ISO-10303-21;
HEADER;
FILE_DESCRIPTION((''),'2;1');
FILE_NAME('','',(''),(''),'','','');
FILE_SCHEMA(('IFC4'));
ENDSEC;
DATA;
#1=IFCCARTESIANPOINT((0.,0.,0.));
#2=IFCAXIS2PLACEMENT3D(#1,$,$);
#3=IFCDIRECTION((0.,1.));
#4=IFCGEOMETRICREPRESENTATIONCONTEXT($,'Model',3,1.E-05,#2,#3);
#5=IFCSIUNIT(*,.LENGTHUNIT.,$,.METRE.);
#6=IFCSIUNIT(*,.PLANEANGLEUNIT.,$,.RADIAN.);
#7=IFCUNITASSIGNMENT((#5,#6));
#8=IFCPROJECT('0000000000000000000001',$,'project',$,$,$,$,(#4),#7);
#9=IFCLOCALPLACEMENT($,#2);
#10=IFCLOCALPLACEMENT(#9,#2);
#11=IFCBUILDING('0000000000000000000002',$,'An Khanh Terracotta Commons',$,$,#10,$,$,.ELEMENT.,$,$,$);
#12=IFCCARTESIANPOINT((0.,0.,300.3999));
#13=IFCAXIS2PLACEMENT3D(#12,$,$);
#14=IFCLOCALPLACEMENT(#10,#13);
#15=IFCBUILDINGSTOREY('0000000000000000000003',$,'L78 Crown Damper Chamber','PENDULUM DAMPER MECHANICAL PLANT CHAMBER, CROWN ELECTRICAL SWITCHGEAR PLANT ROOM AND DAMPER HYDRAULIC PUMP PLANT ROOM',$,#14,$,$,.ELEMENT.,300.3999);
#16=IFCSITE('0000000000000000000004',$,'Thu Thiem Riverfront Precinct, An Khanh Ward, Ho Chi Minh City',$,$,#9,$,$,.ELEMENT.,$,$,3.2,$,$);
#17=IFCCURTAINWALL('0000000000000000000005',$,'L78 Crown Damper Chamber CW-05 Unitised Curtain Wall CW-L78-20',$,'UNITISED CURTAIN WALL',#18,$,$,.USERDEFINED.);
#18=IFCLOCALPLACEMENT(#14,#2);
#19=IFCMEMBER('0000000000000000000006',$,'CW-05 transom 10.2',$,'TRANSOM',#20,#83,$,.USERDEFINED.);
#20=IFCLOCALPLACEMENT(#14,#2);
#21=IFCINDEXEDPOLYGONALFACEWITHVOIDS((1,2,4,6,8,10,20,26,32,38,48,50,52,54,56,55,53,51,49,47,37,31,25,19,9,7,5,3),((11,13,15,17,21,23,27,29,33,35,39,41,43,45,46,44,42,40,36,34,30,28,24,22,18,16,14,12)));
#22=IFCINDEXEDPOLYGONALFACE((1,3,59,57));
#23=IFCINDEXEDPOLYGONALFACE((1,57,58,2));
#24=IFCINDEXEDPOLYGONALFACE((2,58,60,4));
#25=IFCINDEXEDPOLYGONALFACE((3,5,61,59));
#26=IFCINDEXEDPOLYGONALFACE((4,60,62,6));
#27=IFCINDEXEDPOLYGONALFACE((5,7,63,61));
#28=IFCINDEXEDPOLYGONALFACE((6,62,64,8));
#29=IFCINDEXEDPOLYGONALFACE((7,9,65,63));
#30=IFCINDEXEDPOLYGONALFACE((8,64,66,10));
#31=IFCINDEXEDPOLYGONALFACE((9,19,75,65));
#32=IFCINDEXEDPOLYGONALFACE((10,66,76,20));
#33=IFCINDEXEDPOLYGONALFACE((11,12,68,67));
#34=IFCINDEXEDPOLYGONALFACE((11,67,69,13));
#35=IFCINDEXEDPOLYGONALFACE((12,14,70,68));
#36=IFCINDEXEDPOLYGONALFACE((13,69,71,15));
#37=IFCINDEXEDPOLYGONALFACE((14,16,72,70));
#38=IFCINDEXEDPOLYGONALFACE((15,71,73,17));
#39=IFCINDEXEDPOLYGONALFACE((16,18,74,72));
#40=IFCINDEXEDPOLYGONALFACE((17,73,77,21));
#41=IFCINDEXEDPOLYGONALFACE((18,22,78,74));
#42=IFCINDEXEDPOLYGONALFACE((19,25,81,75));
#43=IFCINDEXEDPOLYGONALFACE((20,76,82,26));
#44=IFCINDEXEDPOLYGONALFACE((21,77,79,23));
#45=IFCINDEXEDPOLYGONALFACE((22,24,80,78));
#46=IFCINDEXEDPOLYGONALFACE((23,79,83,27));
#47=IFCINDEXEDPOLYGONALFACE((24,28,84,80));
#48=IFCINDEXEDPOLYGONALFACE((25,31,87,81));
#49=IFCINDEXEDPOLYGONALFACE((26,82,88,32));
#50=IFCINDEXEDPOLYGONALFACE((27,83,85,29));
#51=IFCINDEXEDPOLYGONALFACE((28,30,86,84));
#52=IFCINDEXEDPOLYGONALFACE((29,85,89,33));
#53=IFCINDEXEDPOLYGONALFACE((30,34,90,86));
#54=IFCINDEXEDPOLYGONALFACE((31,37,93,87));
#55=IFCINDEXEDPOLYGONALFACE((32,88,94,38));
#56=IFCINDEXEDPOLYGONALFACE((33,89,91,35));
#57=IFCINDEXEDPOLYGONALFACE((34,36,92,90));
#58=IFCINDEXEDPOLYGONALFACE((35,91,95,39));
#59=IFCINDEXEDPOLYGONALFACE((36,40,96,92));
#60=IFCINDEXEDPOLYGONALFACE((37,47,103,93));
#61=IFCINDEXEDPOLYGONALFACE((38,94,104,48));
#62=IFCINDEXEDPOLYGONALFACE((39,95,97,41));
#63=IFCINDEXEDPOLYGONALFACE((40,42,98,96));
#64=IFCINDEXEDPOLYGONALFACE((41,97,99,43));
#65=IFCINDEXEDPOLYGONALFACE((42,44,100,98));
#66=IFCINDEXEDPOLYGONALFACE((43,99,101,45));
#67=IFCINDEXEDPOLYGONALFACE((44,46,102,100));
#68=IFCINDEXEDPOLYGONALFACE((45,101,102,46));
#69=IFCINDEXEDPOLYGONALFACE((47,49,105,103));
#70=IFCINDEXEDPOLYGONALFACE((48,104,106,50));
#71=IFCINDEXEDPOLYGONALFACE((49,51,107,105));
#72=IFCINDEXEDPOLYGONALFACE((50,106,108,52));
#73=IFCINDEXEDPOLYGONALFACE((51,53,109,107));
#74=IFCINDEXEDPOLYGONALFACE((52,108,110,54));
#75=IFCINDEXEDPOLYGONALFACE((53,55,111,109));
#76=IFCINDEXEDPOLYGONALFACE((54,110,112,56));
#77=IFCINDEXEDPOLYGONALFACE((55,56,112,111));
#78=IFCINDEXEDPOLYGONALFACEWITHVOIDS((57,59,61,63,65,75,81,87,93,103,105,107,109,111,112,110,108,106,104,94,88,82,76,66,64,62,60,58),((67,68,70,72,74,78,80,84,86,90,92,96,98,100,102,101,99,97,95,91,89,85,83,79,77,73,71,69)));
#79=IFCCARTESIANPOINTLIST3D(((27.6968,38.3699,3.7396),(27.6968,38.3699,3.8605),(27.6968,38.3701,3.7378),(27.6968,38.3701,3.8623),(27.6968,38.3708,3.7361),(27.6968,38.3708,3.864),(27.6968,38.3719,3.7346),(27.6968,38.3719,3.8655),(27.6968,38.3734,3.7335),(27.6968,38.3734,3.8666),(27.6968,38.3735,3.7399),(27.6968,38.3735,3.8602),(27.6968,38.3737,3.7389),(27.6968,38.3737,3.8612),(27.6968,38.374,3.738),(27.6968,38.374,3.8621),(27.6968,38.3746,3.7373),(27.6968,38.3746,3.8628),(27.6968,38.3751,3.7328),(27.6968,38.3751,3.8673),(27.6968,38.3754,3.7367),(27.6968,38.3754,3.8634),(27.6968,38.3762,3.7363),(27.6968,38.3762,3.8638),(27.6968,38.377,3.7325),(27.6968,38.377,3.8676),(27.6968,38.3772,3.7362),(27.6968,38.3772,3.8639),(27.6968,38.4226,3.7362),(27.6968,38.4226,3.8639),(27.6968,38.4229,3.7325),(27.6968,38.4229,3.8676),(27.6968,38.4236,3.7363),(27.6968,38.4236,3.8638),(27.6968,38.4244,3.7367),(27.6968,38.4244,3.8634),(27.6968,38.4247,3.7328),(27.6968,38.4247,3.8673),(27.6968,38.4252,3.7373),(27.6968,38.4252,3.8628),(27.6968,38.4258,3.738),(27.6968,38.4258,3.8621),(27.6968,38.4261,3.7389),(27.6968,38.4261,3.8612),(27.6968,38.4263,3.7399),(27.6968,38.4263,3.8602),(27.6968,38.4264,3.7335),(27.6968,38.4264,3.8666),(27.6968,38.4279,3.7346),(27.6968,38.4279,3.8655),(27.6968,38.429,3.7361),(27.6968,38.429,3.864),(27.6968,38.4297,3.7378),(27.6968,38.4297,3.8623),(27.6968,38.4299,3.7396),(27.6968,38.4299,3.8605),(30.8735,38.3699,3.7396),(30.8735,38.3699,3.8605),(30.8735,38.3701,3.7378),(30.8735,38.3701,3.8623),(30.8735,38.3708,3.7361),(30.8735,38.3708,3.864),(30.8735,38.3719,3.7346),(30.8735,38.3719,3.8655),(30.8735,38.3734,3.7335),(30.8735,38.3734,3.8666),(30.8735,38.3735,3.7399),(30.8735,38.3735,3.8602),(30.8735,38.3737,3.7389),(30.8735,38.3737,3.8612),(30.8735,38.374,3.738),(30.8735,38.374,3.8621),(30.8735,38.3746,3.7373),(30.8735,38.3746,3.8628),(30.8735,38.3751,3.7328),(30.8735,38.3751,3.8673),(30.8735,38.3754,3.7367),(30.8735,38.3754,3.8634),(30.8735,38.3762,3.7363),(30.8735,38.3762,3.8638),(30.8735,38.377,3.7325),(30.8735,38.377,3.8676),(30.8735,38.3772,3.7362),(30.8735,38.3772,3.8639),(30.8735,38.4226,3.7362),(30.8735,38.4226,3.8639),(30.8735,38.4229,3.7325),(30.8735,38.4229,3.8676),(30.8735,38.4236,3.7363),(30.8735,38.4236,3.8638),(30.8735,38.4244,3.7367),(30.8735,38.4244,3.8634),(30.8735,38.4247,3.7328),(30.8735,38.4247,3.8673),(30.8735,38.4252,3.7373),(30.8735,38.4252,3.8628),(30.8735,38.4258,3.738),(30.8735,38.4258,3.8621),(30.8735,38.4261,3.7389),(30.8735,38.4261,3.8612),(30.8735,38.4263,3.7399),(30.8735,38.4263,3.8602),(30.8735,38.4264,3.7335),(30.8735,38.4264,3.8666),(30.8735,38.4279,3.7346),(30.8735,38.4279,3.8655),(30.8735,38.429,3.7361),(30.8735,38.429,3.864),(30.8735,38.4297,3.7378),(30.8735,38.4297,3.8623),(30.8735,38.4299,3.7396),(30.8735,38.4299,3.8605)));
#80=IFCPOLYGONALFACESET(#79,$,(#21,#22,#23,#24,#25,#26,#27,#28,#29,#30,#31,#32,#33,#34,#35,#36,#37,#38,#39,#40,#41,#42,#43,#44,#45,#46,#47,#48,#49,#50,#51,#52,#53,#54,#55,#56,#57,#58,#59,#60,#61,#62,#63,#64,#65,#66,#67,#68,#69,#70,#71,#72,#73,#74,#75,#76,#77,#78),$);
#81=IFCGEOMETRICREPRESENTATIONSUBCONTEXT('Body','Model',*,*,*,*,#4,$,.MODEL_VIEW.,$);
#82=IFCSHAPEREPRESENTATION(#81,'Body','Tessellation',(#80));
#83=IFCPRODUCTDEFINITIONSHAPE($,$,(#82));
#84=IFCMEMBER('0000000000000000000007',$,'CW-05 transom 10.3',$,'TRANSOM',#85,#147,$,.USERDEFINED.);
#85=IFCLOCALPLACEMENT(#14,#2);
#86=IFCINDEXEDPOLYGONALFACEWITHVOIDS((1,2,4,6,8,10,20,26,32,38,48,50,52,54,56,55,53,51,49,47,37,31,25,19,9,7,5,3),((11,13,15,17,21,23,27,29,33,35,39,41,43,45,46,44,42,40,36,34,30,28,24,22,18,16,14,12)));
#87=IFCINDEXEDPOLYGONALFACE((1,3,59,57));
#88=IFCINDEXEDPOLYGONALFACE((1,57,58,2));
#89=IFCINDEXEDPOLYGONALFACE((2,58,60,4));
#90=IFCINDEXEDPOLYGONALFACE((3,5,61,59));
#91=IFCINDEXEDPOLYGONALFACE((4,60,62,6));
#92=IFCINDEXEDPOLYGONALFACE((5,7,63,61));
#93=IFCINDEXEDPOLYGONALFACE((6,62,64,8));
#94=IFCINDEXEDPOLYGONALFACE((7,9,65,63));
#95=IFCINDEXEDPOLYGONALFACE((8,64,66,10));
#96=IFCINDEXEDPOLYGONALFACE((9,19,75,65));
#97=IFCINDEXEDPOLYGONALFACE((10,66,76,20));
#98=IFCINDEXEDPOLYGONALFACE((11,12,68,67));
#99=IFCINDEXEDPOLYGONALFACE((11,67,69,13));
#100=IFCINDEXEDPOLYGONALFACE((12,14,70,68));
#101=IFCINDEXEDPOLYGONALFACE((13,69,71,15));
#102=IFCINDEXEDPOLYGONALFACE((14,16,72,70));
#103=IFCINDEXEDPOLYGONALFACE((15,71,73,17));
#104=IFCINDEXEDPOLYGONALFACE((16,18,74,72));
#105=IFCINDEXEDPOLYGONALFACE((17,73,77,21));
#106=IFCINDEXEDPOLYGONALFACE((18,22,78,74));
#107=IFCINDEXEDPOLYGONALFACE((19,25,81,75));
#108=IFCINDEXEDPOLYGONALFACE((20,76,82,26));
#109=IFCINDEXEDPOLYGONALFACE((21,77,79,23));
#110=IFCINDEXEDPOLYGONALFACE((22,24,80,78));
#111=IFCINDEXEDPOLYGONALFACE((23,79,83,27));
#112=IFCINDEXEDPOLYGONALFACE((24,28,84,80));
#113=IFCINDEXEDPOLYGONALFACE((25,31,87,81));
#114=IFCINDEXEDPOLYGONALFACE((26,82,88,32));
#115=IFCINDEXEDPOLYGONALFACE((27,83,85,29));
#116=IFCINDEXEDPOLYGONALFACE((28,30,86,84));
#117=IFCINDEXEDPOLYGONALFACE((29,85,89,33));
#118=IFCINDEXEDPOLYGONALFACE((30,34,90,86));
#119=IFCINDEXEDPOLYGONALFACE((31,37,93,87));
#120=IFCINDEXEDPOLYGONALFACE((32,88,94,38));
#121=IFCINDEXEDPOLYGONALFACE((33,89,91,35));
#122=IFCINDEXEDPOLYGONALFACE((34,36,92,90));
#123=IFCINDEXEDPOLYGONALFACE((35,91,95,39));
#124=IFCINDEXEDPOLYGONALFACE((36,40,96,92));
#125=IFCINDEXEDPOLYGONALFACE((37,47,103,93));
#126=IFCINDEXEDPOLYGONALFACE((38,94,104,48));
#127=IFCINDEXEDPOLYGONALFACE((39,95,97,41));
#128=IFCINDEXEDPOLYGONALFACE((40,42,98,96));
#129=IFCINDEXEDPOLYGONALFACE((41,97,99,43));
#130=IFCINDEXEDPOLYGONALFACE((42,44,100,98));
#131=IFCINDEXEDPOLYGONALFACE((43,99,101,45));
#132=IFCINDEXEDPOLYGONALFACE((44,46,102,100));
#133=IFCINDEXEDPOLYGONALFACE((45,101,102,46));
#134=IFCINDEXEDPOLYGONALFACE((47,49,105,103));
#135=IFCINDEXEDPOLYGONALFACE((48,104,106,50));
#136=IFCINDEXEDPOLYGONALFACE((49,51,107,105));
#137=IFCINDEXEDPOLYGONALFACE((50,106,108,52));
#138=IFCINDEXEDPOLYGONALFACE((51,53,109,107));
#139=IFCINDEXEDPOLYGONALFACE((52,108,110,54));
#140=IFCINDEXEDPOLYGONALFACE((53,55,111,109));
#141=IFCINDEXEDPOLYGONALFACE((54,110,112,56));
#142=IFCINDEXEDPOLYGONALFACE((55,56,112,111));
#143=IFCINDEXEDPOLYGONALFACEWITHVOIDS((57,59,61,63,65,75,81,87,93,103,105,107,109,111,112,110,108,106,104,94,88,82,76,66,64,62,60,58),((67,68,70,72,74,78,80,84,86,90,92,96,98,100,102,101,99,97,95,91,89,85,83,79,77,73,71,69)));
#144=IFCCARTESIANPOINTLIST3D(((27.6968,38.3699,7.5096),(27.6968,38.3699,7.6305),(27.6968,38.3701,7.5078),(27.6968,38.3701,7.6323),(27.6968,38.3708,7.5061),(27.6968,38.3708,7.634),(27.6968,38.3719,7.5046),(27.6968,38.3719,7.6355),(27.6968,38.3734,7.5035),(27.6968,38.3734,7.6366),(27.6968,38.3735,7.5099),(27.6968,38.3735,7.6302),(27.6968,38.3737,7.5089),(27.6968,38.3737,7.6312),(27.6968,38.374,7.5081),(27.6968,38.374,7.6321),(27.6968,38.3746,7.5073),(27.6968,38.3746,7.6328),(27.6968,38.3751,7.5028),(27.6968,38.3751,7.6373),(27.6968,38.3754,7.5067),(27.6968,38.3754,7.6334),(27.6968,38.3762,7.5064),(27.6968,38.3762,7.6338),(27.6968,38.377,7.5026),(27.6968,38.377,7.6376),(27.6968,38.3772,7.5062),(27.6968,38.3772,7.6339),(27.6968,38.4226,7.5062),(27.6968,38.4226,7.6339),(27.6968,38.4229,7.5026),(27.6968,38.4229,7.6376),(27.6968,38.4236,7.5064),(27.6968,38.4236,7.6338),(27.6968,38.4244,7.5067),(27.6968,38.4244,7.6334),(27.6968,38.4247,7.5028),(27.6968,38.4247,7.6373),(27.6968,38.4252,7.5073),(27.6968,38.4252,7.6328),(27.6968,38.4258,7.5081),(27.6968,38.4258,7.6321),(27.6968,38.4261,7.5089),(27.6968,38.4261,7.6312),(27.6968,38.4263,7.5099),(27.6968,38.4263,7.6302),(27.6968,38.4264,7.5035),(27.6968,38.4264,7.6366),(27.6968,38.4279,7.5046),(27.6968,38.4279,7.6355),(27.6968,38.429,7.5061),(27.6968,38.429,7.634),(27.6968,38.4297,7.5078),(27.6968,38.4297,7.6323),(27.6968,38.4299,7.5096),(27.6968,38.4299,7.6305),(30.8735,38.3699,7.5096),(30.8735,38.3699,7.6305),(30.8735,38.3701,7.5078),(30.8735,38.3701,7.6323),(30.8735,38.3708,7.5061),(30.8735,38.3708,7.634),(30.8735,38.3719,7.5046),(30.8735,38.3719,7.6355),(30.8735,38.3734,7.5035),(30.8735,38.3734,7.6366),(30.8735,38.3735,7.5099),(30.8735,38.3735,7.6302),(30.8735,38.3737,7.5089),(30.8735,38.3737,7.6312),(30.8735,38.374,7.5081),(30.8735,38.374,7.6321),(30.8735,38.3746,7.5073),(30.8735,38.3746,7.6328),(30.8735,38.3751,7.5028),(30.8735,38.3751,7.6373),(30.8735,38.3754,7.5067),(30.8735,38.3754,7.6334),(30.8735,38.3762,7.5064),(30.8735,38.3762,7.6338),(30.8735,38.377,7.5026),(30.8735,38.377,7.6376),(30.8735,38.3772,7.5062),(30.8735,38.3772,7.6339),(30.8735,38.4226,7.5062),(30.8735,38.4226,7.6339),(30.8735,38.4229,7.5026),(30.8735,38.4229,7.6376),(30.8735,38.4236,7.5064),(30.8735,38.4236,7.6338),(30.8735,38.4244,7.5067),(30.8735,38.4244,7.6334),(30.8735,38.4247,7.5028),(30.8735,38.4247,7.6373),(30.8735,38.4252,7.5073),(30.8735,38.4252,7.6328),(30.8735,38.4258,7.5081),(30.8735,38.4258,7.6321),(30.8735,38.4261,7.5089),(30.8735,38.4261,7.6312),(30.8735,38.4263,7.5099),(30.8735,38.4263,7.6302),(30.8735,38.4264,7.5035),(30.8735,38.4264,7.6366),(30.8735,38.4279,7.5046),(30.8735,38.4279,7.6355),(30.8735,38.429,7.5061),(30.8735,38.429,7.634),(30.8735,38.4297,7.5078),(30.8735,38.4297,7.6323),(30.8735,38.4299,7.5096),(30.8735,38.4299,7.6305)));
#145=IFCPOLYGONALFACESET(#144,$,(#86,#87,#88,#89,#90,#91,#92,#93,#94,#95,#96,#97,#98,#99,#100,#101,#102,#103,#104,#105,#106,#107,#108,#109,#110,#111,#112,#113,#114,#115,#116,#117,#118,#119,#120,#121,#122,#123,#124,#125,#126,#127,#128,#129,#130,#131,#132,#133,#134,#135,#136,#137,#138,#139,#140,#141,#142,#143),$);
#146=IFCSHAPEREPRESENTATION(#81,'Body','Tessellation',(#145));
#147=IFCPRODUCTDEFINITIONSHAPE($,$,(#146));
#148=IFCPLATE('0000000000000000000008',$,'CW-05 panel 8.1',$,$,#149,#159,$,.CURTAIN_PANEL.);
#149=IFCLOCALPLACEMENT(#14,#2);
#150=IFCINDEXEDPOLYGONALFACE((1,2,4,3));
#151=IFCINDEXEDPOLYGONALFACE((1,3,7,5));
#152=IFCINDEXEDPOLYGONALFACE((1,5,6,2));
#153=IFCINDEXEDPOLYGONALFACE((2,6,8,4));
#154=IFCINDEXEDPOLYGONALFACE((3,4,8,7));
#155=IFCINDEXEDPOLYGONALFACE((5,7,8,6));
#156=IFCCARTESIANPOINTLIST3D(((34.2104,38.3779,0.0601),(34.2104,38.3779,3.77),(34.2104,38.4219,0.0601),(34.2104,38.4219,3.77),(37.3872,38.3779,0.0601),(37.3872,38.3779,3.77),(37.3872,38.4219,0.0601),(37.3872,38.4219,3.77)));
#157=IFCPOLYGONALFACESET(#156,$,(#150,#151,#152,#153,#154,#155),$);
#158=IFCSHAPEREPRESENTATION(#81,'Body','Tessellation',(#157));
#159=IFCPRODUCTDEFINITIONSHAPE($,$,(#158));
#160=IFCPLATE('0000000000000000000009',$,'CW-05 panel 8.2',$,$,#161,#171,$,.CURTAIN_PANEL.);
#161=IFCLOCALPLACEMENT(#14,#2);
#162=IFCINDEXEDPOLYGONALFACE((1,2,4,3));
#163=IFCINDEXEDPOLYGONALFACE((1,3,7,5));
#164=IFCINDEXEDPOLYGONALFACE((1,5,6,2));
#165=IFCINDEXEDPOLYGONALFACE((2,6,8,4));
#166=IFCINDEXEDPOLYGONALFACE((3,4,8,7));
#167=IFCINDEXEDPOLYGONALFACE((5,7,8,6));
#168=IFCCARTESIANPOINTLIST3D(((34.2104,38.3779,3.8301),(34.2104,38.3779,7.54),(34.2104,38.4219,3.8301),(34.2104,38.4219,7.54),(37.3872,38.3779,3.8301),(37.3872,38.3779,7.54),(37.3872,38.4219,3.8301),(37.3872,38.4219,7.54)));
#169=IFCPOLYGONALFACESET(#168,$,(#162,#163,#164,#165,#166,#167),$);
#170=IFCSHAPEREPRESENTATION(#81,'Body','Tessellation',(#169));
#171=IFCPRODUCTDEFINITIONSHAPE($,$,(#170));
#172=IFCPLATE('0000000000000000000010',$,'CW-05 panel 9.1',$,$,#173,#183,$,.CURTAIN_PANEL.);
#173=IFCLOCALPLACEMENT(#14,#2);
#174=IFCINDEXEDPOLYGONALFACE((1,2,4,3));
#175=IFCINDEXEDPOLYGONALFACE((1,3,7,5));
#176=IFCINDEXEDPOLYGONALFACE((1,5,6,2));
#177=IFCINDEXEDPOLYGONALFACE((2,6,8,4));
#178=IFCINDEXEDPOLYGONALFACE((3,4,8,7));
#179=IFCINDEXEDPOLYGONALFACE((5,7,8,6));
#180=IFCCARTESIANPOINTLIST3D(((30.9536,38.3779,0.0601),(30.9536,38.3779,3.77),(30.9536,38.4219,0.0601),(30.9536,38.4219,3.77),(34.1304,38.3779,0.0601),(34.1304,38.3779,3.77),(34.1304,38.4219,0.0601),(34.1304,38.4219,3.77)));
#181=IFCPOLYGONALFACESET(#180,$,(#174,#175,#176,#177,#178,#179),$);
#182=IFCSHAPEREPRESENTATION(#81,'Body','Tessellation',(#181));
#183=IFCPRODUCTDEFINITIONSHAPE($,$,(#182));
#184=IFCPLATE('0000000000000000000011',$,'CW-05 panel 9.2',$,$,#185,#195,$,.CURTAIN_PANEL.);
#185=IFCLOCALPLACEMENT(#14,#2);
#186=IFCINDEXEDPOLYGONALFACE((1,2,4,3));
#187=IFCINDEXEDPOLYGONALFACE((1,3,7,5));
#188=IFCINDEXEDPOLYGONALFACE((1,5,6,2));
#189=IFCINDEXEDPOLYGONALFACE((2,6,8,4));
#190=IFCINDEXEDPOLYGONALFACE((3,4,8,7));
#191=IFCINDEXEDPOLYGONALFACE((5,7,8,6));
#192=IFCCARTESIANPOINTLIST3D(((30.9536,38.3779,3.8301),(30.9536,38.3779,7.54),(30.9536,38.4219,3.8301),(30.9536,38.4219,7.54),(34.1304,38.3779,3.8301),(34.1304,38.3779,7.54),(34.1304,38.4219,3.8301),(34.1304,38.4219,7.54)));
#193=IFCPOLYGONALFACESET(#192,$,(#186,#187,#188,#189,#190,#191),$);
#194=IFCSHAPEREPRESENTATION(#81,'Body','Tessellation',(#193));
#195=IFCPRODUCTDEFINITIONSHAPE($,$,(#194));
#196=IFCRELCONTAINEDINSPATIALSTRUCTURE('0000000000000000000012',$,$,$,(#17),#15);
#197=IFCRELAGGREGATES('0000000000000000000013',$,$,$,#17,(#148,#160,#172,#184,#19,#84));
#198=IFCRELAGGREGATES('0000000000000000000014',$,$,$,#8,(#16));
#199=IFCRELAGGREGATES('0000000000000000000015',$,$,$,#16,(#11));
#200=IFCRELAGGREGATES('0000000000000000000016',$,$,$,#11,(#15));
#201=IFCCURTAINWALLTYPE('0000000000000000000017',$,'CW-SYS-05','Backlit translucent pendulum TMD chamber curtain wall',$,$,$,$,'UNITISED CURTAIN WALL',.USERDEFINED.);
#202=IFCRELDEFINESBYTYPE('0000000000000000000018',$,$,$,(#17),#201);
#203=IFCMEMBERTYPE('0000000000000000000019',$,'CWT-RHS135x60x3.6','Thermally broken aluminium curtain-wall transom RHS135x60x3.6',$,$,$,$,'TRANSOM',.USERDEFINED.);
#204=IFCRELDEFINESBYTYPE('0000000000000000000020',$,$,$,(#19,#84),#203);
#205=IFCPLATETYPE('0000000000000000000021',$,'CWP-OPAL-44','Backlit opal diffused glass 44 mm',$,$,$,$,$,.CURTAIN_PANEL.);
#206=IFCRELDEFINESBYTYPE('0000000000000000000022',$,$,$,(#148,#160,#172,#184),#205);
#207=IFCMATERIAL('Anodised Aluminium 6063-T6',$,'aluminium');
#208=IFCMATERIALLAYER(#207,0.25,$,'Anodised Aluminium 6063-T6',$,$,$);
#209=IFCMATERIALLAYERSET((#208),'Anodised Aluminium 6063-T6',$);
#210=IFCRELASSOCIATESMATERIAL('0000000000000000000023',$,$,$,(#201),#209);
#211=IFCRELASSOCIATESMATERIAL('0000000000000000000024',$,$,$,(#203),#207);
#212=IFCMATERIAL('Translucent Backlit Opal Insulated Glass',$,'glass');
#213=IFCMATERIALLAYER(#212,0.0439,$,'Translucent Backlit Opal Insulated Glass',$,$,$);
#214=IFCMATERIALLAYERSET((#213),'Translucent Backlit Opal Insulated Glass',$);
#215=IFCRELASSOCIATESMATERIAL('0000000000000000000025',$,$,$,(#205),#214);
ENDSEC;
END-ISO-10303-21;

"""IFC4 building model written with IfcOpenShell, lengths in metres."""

from ifc_helpers import new_model, si_unit, direction, frame, origin, origin_2d, place, context, subcontext, project, spatial, rectangle, hollow_rectangle, extrude, material, layer, layer_set, material_profile, profile_set, type_object, element, aggregate, save


model = new_model("IFC4")

# Units and contexts
model_context = context("Model", 3, precision=1e-05, world=origin(), true_north=direction((0.0, 1.0)))
body_context = subcontext(model_context, "Body", "Model", "MODEL_VIEW")
ifc_project = project(units=[si_unit("LENGTHUNIT", "METRE"), si_unit("PLANEANGLEUNIT", "RADIAN")], contexts=[model_context])

# Site, building, storey
site_placement = place(None, origin())
site = spatial("IfcSite", under=ifc_project, at=site_placement, Name="Thu Thiem Riverfront Precinct, An Khanh Ward, Ho Chi Minh City", CompositionType="ELEMENT", RefElevation=3.2)
building_placement = place(site_placement, origin())
building = spatial("IfcBuilding", under=site, at=building_placement, Name="An Khanh Terracotta Commons", CompositionType="ELEMENT")
storey_placement = place(building_placement, frame((0.0, 0.0, 300.3999)))
storey = spatial("IfcBuildingStorey", under=building, at=storey_placement, Name="L78 Crown Damper Chamber", Description="PENDULUM DAMPER MECHANICAL PLANT CHAMBER, CROWN ELECTRICAL SWITCHGEAR PLANT ROOM AND DAMPER HYDRAULIC PUMP PLANT ROOM", CompositionType="ELEMENT", Elevation=300.3999)

# Curtain wall, members, plates
ifc_material_1 = material(Name="Anodised Aluminium 6063-T6", Category="aluminium")
ifc_layer_1 = layer(ifc_material_1, 0.25, Name="Anodised Aluminium 6063-T6")
ifc_layer_set_1 = layer_set([ifc_layer_1], Name="Anodised Aluminium 6063-T6")
curtain_wall_type = type_object("IfcCurtainWallType", Name="CW-SYS-05", Description="Backlit translucent pendulum TMD chamber curtain wall", ElementType="UNITISED CURTAIN WALL", PredefinedType="USERDEFINED", material=ifc_layer_set_1)
curtain_wall_placement = place(storey_placement, origin())
curtain_wall = element("IfcCurtainWall", 1, at=curtain_wall_placement, inside=storey, type_object=curtain_wall_type, Name="L78 Crown Damper Chamber CW-05 Unitised Curtain Wall CW-L78-20", ObjectType="UNITISED CURTAIN WALL", PredefinedType="USERDEFINED")
ifc_material_profile_1 = material_profile(ifc_material_1, hollow_rectangle(XDim=0.0601, YDim=0.135, WallThickness=0.0037, InnerFilletRadius=0.0037, OuterFilletRadius=0.0071, at=origin_2d()), Name="RHS135x60x3.6")
ifc_profile_set_1 = profile_set([ifc_material_profile_1], Name="Anodised Aluminium 6063-T6")
member_type_1 = type_object("IfcMemberType", Name="CWT-RHS135x60x3.6", Description="Thermally broken aluminium curtain-wall transom RHS135x60x3.6", ElementType="TRANSOM", PredefinedType="USERDEFINED", material=ifc_profile_set_1)
member_1_placement = place(storey_placement, frame((30.8735, 38.3999, 3.8), z_axis=(-1.0, 0.0, 0.0), x_axis=(0.0, -1.0, 0.0)))
member_1 = element("IfcMember", 2, at=member_1_placement, type_object=member_type_1, Name="CW-05 transom 10.2", ObjectType="TRANSOM", PredefinedType="USERDEFINED", context=body_context, shape_type="SweptSolid", body=[
    extrude(hollow_rectangle(XDim=0.0601, YDim=0.135, WallThickness=0.0037, InnerFilletRadius=0.0037, OuterFilletRadius=0.0071, at=origin_2d()), origin(), (0.0, 0.0, 1.0), 3.1768),
])
member_2_placement = place(storey_placement, frame((30.8735, 38.3999, 7.5701), z_axis=(-1.0, 0.0, 0.0), x_axis=(0.0, -1.0, 0.0)))
member_2 = element("IfcMember", 3, at=member_2_placement, type_object=member_type_1, Name="CW-05 transom 10.3", ObjectType="TRANSOM", PredefinedType="USERDEFINED", context=body_context, shape_type="SweptSolid", body=[
    extrude(hollow_rectangle(XDim=0.0601, YDim=0.135, WallThickness=0.0037, InnerFilletRadius=0.0037, OuterFilletRadius=0.0071, at=origin_2d()), origin(), (0.0, 0.0, 1.0), 3.1768),
])
ifc_material_2 = material(Name="Translucent Backlit Opal Insulated Glass", Category="glass")
ifc_layer_2 = layer(ifc_material_2, 0.0439, Name="Translucent Backlit Opal Insulated Glass")
ifc_layer_set_2 = layer_set([ifc_layer_2], Name="Translucent Backlit Opal Insulated Glass")
plate_type_1 = type_object("IfcPlateType", Name="CWP-OPAL-44", Description="Backlit opal diffused glass 44 mm", PredefinedType="CURTAIN_PANEL", material=ifc_layer_set_2)
plate_1_placement = place(storey_placement, frame((35.7988, 38.3999, 0.0601), z_axis=(0.0, 0.0, 1.0), x_axis=(-1.0, 0.0, 0.0)))
plate_1 = element("IfcPlate", 4, at=plate_1_placement, type_object=plate_type_1, Name="CW-05 panel 8.1", PredefinedType="CURTAIN_PANEL", context=body_context, shape_type="SweptSolid", body=[
    extrude(rectangle(XDim=3.1768, YDim=0.0439, at=origin_2d()), origin(), (0.0, 0.0, 1.0), 3.71),
])
plate_2_placement = place(storey_placement, frame((35.7988, 38.3999, 3.8301), z_axis=(0.0, 0.0, 1.0), x_axis=(-1.0, 0.0, 0.0)))
plate_2 = element("IfcPlate", 5, at=plate_2_placement, type_object=plate_type_1, Name="CW-05 panel 8.2", PredefinedType="CURTAIN_PANEL", context=body_context, shape_type="SweptSolid", body=[
    extrude(rectangle(XDim=3.1768, YDim=0.0439, at=origin_2d()), origin(), (0.0, 0.0, 1.0), 3.71),
])
plate_3_placement = place(storey_placement, frame((32.542, 38.3999, 0.0601), z_axis=(0.0, 0.0, 1.0), x_axis=(-1.0, 0.0, 0.0)))
plate_3 = element("IfcPlate", 6, at=plate_3_placement, type_object=plate_type_1, Name="CW-05 panel 9.1", PredefinedType="CURTAIN_PANEL", context=body_context, shape_type="SweptSolid", body=[
    extrude(rectangle(XDim=3.1768, YDim=0.0439, at=origin_2d()), origin(), (0.0, 0.0, 1.0), 3.71),
])
plate_4_placement = place(storey_placement, frame((32.542, 38.3999, 3.8301), z_axis=(0.0, 0.0, 1.0), x_axis=(-1.0, 0.0, 0.0)))
plate_4 = element("IfcPlate", 7, at=plate_4_placement, type_object=plate_type_1, Name="CW-05 panel 9.2", PredefinedType="CURTAIN_PANEL", context=body_context, shape_type="SweptSolid", body=[
    extrude(rectangle(XDim=3.1768, YDim=0.0439, at=origin_2d()), origin(), (0.0, 0.0, 1.0), 3.71),
])
aggregate(curtain_wall, [plate_1, plate_2, plate_3, plate_4, member_1, member_2])

save(model, "model.ifc")
